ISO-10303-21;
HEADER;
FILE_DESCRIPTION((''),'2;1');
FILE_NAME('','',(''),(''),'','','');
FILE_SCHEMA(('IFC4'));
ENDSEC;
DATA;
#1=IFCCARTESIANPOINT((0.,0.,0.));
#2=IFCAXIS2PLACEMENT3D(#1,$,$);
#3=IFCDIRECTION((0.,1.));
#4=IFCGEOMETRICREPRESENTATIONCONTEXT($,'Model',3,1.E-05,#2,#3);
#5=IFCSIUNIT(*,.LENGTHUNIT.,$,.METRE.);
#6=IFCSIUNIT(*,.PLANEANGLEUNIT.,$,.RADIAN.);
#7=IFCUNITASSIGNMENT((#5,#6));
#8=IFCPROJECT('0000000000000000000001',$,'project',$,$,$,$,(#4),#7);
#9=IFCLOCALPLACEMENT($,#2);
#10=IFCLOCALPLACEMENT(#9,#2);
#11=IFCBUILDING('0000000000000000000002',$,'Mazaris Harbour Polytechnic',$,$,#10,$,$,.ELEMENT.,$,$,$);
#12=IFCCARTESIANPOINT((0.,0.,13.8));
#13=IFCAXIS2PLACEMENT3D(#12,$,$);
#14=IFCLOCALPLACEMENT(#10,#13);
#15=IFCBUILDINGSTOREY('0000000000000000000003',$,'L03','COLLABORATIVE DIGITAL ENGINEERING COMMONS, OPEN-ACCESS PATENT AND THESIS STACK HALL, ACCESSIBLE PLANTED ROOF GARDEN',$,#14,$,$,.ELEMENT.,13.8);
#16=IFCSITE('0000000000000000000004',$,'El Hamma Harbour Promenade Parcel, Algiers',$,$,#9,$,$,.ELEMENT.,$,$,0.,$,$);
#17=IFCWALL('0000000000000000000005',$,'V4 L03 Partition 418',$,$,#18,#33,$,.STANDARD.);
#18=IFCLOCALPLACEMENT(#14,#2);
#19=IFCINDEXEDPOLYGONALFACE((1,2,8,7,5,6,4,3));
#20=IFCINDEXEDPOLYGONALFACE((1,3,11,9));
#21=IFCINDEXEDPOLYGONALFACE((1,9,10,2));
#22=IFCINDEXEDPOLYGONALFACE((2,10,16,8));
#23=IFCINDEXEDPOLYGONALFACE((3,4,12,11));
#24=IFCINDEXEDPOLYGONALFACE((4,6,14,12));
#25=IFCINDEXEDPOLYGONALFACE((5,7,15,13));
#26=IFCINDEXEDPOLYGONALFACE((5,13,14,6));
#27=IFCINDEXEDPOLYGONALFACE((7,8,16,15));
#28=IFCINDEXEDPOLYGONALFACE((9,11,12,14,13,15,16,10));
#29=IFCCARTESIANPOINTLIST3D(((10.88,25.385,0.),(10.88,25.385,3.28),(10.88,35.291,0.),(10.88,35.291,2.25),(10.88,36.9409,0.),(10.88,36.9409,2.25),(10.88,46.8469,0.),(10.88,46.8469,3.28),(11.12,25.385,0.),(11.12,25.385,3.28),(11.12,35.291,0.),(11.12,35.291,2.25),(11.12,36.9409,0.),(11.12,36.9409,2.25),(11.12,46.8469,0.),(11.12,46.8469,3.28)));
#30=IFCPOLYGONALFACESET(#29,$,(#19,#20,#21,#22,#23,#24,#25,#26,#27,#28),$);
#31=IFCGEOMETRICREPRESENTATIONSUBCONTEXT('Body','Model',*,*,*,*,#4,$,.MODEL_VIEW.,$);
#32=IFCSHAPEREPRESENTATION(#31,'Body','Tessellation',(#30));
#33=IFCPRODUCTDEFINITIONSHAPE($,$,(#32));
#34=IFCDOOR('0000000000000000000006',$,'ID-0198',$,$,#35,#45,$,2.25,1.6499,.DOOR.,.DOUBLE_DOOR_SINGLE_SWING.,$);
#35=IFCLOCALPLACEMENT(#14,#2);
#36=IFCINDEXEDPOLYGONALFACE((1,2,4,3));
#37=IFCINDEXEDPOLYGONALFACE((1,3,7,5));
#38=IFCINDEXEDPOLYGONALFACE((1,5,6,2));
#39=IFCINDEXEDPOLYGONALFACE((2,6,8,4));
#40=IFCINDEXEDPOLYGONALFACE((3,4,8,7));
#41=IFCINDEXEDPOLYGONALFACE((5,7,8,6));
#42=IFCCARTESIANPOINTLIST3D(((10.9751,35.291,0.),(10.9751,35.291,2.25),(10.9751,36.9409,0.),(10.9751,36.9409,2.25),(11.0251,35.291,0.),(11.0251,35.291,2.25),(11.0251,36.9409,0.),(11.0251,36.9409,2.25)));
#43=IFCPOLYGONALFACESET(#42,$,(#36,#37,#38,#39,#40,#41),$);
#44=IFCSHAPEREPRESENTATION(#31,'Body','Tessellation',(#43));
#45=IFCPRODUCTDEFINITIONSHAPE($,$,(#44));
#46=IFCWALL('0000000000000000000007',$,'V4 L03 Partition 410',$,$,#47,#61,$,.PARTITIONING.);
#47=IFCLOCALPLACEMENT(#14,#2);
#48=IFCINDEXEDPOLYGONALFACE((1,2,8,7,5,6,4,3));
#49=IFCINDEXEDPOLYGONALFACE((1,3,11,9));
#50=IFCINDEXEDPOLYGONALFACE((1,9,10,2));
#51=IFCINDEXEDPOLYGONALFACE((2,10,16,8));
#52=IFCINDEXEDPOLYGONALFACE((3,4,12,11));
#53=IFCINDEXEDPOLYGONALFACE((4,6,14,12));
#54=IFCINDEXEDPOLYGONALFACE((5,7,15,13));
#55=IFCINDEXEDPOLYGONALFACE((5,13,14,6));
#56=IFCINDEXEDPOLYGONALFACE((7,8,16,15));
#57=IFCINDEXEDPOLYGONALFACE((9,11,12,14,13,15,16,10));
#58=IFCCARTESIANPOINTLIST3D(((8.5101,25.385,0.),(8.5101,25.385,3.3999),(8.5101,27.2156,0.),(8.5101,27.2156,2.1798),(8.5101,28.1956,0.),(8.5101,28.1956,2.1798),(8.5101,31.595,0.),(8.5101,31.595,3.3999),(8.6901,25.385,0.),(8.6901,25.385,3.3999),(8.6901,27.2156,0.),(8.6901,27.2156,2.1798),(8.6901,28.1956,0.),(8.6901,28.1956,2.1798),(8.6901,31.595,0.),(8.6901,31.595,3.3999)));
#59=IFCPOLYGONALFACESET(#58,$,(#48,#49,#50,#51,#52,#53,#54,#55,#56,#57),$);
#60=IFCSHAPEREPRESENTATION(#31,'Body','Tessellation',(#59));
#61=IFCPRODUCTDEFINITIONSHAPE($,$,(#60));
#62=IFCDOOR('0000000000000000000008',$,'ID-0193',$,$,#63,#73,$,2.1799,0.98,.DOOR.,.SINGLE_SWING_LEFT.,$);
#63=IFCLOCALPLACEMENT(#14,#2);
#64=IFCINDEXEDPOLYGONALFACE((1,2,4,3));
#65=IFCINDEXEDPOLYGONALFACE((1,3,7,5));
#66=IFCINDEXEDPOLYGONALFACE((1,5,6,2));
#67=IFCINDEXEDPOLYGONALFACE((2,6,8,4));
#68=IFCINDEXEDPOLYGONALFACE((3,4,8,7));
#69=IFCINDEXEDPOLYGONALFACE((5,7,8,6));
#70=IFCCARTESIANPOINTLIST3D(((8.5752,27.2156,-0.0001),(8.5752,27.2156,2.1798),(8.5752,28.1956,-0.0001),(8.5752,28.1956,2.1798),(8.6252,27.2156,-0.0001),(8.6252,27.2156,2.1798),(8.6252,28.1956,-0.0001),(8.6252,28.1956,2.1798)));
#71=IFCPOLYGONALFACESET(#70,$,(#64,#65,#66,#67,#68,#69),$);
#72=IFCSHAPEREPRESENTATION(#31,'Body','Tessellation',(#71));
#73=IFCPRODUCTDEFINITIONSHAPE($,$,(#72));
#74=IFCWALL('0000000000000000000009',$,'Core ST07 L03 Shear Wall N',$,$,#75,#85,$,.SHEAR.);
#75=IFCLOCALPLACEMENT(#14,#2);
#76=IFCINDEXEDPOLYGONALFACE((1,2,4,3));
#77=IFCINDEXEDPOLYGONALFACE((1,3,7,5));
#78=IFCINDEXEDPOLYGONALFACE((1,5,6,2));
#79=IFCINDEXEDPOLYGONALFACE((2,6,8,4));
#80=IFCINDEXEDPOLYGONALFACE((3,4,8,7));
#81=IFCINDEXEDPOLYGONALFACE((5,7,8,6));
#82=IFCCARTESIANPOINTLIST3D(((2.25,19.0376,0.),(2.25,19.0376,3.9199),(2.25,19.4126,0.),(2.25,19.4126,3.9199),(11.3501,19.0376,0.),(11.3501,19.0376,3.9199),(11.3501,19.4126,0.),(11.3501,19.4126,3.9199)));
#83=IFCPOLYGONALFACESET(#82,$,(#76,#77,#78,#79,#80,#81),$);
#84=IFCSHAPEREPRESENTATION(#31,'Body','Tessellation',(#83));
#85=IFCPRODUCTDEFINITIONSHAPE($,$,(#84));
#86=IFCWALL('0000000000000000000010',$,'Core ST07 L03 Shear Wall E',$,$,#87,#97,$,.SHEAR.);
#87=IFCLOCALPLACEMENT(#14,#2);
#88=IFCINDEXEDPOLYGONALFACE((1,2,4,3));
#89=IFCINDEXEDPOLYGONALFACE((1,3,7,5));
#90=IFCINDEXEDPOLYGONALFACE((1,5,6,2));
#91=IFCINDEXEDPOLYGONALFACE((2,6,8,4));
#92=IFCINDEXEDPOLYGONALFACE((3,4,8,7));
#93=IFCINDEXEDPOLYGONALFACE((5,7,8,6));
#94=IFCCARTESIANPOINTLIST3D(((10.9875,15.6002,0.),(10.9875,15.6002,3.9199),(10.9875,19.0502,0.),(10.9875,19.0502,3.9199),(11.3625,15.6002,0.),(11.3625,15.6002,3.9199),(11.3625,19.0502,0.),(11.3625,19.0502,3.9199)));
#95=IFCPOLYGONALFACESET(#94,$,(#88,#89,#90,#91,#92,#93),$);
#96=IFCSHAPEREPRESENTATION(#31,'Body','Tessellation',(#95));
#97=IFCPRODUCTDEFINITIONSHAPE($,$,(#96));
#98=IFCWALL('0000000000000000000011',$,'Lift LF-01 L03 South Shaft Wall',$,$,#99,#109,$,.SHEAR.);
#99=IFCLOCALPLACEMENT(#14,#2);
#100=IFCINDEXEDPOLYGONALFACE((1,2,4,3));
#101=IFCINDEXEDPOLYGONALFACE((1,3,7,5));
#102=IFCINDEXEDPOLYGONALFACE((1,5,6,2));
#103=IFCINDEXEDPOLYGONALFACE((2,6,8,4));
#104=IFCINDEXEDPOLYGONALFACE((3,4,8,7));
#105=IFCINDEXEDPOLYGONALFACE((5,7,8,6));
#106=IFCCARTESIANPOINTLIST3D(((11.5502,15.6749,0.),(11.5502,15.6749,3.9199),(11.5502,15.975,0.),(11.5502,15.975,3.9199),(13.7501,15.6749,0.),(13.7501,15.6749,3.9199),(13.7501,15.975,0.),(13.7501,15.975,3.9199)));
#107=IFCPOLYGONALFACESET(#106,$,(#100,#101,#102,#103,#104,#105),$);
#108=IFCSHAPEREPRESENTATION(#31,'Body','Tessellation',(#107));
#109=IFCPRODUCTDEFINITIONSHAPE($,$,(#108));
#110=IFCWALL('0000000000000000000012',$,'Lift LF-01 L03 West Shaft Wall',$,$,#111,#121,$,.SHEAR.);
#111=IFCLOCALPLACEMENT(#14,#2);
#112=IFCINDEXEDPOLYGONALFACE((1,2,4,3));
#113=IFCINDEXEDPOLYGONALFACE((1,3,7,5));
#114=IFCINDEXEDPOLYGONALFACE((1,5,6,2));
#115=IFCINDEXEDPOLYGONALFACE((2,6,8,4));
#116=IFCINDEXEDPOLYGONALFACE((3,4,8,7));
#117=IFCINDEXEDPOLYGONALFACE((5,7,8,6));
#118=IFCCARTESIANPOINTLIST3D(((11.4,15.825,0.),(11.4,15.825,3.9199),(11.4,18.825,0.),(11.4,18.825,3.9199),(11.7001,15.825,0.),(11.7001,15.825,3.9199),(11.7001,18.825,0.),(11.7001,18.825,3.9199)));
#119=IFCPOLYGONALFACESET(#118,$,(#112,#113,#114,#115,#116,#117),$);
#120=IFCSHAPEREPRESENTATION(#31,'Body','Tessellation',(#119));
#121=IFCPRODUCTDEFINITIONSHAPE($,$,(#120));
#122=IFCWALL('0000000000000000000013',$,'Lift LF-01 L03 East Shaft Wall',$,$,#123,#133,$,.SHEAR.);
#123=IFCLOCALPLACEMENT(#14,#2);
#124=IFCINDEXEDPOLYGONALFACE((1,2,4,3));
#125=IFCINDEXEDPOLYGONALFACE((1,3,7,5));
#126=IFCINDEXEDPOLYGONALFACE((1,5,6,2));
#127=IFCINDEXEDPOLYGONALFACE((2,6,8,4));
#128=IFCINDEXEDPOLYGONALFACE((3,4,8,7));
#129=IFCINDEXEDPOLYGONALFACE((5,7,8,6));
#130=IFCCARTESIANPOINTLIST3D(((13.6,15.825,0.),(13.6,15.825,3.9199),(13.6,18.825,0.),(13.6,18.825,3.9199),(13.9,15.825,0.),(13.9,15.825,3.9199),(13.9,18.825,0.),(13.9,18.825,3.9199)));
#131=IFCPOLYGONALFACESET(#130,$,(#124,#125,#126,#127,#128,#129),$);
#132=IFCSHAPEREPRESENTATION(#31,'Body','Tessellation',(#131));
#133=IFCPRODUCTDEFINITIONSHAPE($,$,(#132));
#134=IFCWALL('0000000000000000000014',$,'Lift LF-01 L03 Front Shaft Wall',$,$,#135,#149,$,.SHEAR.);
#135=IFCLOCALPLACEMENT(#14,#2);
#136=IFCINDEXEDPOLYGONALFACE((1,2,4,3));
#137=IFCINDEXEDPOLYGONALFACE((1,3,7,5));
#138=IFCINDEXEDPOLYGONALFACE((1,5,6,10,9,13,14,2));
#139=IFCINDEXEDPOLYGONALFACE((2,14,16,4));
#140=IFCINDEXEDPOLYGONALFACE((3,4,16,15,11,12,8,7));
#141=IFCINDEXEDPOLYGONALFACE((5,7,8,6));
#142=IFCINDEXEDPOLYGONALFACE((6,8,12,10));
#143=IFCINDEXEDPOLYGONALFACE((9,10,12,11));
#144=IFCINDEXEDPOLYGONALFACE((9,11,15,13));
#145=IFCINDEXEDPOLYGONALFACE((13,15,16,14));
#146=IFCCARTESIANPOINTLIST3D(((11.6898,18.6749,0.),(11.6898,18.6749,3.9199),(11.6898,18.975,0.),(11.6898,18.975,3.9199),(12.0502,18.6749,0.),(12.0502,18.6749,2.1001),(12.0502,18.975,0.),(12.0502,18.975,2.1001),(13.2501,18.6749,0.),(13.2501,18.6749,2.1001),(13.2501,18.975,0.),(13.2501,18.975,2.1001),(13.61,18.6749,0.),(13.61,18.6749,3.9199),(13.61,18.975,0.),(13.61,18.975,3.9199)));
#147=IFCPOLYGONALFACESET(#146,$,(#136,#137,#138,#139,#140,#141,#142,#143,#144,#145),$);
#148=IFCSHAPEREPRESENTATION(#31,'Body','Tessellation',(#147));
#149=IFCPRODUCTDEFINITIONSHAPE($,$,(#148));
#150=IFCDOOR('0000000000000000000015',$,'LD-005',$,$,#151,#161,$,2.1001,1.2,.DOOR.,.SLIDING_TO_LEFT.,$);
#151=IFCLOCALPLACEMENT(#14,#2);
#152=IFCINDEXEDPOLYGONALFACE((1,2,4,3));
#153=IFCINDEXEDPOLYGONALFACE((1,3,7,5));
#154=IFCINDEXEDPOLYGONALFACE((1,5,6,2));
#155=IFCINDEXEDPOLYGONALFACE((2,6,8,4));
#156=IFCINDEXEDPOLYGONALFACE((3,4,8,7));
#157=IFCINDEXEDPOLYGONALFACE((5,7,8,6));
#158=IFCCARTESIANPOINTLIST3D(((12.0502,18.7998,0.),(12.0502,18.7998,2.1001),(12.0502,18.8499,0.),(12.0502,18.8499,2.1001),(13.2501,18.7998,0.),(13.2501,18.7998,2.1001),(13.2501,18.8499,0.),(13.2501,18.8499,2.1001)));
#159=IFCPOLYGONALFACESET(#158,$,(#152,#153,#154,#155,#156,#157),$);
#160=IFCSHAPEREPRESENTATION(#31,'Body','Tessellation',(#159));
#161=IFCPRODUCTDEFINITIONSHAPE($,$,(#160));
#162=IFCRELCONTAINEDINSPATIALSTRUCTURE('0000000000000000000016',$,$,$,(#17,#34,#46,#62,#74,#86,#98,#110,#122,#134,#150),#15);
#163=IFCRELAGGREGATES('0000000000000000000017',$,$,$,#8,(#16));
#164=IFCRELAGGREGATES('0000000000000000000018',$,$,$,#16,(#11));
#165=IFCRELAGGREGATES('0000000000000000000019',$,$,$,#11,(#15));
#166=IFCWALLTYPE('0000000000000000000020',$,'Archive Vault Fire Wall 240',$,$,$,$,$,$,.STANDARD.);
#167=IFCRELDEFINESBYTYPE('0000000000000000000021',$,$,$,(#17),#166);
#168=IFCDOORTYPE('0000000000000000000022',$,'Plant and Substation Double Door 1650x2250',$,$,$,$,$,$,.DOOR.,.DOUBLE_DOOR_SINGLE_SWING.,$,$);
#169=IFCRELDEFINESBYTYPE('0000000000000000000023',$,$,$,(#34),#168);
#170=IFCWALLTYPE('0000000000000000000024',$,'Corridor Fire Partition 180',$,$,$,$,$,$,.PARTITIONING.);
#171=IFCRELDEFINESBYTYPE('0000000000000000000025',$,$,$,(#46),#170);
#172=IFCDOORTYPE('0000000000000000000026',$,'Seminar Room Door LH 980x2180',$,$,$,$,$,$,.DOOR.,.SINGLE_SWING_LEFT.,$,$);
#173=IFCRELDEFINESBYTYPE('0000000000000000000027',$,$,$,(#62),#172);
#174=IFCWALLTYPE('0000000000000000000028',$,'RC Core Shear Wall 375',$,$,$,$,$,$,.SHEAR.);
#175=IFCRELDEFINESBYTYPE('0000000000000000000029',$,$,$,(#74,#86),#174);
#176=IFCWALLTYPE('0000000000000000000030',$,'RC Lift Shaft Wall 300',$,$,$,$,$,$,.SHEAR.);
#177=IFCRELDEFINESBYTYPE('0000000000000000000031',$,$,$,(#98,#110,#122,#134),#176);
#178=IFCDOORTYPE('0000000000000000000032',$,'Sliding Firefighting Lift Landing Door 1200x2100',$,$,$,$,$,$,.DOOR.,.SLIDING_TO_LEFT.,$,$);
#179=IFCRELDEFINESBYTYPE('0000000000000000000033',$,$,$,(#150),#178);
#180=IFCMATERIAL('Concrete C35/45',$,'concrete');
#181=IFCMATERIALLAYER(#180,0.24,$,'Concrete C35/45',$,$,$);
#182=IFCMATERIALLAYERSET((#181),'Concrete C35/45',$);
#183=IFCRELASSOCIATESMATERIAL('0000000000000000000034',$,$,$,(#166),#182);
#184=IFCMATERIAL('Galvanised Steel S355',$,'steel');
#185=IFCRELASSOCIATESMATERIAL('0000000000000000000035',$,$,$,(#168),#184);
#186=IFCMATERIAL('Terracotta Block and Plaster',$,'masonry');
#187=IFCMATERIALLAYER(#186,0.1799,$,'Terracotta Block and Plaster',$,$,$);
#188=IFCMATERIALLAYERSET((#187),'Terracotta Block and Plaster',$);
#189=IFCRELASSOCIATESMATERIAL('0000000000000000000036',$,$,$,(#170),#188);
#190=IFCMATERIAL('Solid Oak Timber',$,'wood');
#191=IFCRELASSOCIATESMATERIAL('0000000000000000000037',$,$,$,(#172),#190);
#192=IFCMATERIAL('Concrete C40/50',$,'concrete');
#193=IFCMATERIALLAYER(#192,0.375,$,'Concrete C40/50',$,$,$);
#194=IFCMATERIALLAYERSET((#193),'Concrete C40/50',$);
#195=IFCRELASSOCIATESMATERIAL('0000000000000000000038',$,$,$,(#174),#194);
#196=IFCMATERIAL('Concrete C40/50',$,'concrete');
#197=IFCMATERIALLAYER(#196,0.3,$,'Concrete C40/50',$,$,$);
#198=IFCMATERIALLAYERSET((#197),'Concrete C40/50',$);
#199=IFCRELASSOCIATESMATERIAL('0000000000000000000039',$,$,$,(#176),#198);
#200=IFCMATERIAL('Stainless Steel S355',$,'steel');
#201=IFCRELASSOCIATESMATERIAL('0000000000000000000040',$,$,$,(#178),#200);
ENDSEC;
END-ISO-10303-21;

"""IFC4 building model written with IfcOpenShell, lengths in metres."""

from ifc_helpers import new_model, si_unit, direction, frame, frame_2d, origin, place, context, subcontext, project, spatial, rectangle, extrude, material, layer, layer_set, type_object, element, fill, save


model = new_model("IFC4")

# Units and contexts
model_context = context("Model", 3, precision=1e-05, world=origin(), true_north=direction((0.0, 1.0)))
body_context = subcontext(model_context, "Body", "Model", "MODEL_VIEW")
ifc_project = project(units=[si_unit("LENGTHUNIT", "METRE"), si_unit("PLANEANGLEUNIT", "RADIAN")], contexts=[model_context])

# Site, building, storey
site_placement = place(None, origin())
site = spatial("IfcSite", under=ifc_project, at=site_placement, Name="El Hamma Harbour Promenade Parcel, Algiers", CompositionType="ELEMENT", RefElevation=0.0)
building_placement = place(site_placement, origin())
building = spatial("IfcBuilding", under=site, at=building_placement, Name="Mazaris Harbour Polytechnic", CompositionType="ELEMENT")
storey_placement = place(building_placement, frame((0.0, 0.0, 13.8)))
storey = spatial("IfcBuildingStorey", under=building, at=storey_placement, Name="L03", Description="COLLABORATIVE DIGITAL ENGINEERING COMMONS, OPEN-ACCESS PATENT AND THESIS STACK HALL, ACCESSIBLE PLANTED ROOF GARDEN", CompositionType="ELEMENT", Elevation=13.8)

# Walls, openings, doors
ifc_material_1 = material(Name="Concrete C35/45", Category="concrete")
ifc_layer_1 = layer(ifc_material_1, 0.24, Name="Concrete C35/45")
ifc_layer_set_1 = layer_set([ifc_layer_1], Name="Concrete C35/45")
wall_type_1 = type_object("IfcWallType", Name="Archive Vault Fire Wall 240", PredefinedType="STANDARD", material=ifc_layer_set_1)
wall_1_placement = place(storey_placement, frame((11.0, 25.385, 0.0), z_axis=(0.0, 0.0, 1.0), x_axis=(0.0, 1.0, 0.0)))
wall_1 = element("IfcWall", 1, at=wall_1_placement, inside=storey, type_object=wall_type_1, Name="V4 L03 Partition 418", PredefinedType="STANDARD", context=body_context, shape_type="SweptSolid", body=[
    extrude(rectangle(XDim=21.4619, YDim=0.24, at=frame_2d((10.731, 0.0))), origin(), (0.0, 0.0, 1.0), 3.28),
])
opening_1_placement = place(wall_1_placement, frame((9.906, 0.0, 0.0)))
opening_1 = element("IfcOpeningElement", 2, at=opening_1_placement, cuts=wall_1, PredefinedType="OPENING", context=body_context, shape_type="SweptSolid", body=[
    extrude(rectangle(XDim=1.6499, YDim=2.25, at=frame_2d((0.825, 1.125))), frame((0.0, 0.1299, 0.0), z_axis=(0.0, -1.0, 0.0), x_axis=(1.0, 0.0, 0.0)), (0.0, 0.0, 1.0), 0.26),
])
ifc_material_2 = material(Name="Galvanised Steel S355", Category="steel")
door_type_1 = type_object("IfcDoorType", Name="Plant and Substation Double Door 1650x2250", OperationType="DOUBLE_DOOR_SINGLE_SWING", PredefinedType="DOOR", material=ifc_material_2)
door_1_placement = place(opening_1_placement, origin())
door_1 = element("IfcDoor", 3, at=door_1_placement, inside=storey, type_object=door_type_1, Name="ID-0198", OperationType="DOUBLE_DOOR_SINGLE_SWING", OverallHeight=2.25, OverallWidth=1.6499, PredefinedType="DOOR", context=body_context, shape_type="SweptSolid", body=[
    extrude(rectangle(XDim=1.6499, YDim=2.25, at=frame_2d((0.825, 1.125))), frame((0.0, 0.0249, 0.0), z_axis=(0.0, -1.0, 0.0), x_axis=(1.0, 0.0, 0.0)), (0.0, 0.0, 1.0), 0.05),
])
fill(opening_1, door_1)
ifc_material_3 = material(Name="Terracotta Block and Plaster", Category="masonry")
ifc_layer_2 = layer(ifc_material_3, 0.1799, Name="Terracotta Block and Plaster")
ifc_layer_set_2 = layer_set([ifc_layer_2], Name="Terracotta Block and Plaster")
wall_type_2 = type_object("IfcWallType", Name="Corridor Fire Partition 180", PredefinedType="PARTITIONING", material=ifc_layer_set_2)
wall_2_placement = place(storey_placement, frame((8.6001, 25.385, 0.0), z_axis=(0.0, 0.0, 1.0), x_axis=(0.0, 1.0, 0.0)))
wall_2 = element("IfcWall", 4, at=wall_2_placement, inside=storey, type_object=wall_type_2, Name="V4 L03 Partition 410", PredefinedType="PARTITIONING", context=body_context, shape_type="SweptSolid", body=[
    extrude(rectangle(XDim=6.21, YDim=0.1799, at=frame_2d((3.105, 0.0))), origin(), (0.0, 0.0, 1.0), 3.3999),
])
opening_2_placement = place(wall_2_placement, frame((1.8306, 0.0, 0.0)))
opening_2 = element("IfcOpeningElement", 5, at=opening_2_placement, cuts=wall_2, PredefinedType="OPENING", context=body_context, shape_type="SweptSolid", body=[
    extrude(rectangle(XDim=0.98, YDim=2.1799, at=frame_2d((0.49, 1.0898))), frame((0.0, 0.0999, 0.0), z_axis=(0.0, -1.0, 0.0), x_axis=(1.0, 0.0, 0.0)), (0.0, 0.0, 1.0), 0.2),
])
ifc_material_4 = material(Name="Solid Oak Timber", Category="wood")
door_type_2 = type_object("IfcDoorType", Name="Seminar Room Door LH 980x2180", OperationType="SINGLE_SWING_LEFT", PredefinedType="DOOR", material=ifc_material_4)
door_2_placement = place(opening_2_placement, origin())
door_2 = element("IfcDoor", 6, at=door_2_placement, inside=storey, type_object=door_type_2, Name="ID-0193", OperationType="SINGLE_SWING_LEFT", OverallHeight=2.1799, OverallWidth=0.98, PredefinedType="DOOR", context=body_context, shape_type="SweptSolid", body=[
    extrude(rectangle(XDim=0.98, YDim=2.1799, at=frame_2d((0.49, 1.0898))), frame((0.0, 0.0249, 0.0), z_axis=(0.0, -1.0, 0.0), x_axis=(1.0, 0.0, 0.0)), (0.0, 0.0, 1.0), 0.05),
])
fill(opening_2, door_2)

# Walls
ifc_material_5 = material(Name="Concrete C40/50", Category="concrete")
ifc_layer_3 = layer(ifc_material_5, 0.375, Name="Concrete C40/50")
ifc_layer_set_3 = layer_set([ifc_layer_3], Name="Concrete C40/50")
wall_type_3 = type_object("IfcWallType", Name="RC Core Shear Wall 375", PredefinedType="SHEAR", material=ifc_layer_set_3)
wall_3_placement = place(storey_placement, frame((11.3501, 19.2251, 0.0), z_axis=(0.0, 0.0, 1.0), x_axis=(-1.0, 0.0, 0.0)))
element("IfcWall", 7, at=wall_3_placement, inside=storey, type_object=wall_type_3, Name="Core ST07 L03 Shear Wall N", PredefinedType="SHEAR", context=body_context, shape_type="SweptSolid", body=[
    extrude(rectangle(XDim=9.1001, YDim=0.375, at=frame_2d((4.55, 0.0))), origin(), (0.0, 0.0, 1.0), 3.9199),
])
wall_4_placement = place(storey_placement, frame((11.175, 15.6001, 0.0), z_axis=(0.0, 0.0, 1.0), x_axis=(0.0, 1.0, 0.0)))
element("IfcWall", 8, at=wall_4_placement, inside=storey, type_object=wall_type_3, Name="Core ST07 L03 Shear Wall E", PredefinedType="SHEAR", context=body_context, shape_type="SweptSolid", body=[
    extrude(rectangle(XDim=3.45, YDim=0.375, at=frame_2d((1.7251, 0.0))), origin(), (0.0, 0.0, 1.0), 3.9199),
])
ifc_material_6 = material(Name="Concrete C40/50", Category="concrete")
ifc_layer_4 = layer(ifc_material_6, 0.3, Name="Concrete C40/50")
ifc_layer_set_4 = layer_set([ifc_layer_4], Name="Concrete C40/50")
wall_type_4 = type_object("IfcWallType", Name="RC Lift Shaft Wall 300", PredefinedType="SHEAR", material=ifc_layer_set_4)
wall_5_placement = place(storey_placement, frame((11.55, 15.825, 0.0), z_axis=(0.0, 0.0, 1.0), x_axis=(1.0, 0.0, 0.0)))
element("IfcWall", 9, at=wall_5_placement, inside=storey, type_object=wall_type_4, Name="Lift LF-01 L03 South Shaft Wall", PredefinedType="SHEAR", context=body_context, shape_type="SweptSolid", body=[
    extrude(rectangle(XDim=2.2, YDim=0.3, at=frame_2d((1.1001, 0.0))), origin(), (0.0, 0.0, 1.0), 3.9199),
])
for number, where, z_axis, x_axis, name in (
    (10, (11.55, 18.825, 0.0), (0.0, 0.0, 1.0), (0.0, -1.0, 0.0), "Lift LF-01 L03 West Shaft Wall"),
    (11, (13.75, 15.825, 0.0), (0.0, 0.0, 1.0), (0.0, 1.0, 0.0), "Lift LF-01 L03 East Shaft Wall"),
):
    element("IfcWall", number, at=place(storey_placement, frame(where, z_axis=z_axis, x_axis=x_axis)), inside=storey, type_object=wall_type_4, Name=name, PredefinedType="SHEAR", context=body_context, shape_type="SweptSolid", body=[
        extrude(rectangle(XDim=3.0, YDim=0.3, at=frame_2d((1.5, 0.0))), origin(), (0.0, 0.0, 1.0), 3.9199),
    ])

# Wall, opening, door
wall_6_placement = place(storey_placement, frame((11.6899, 18.825, 0.0), z_axis=(0.0, 0.0, 1.0), x_axis=(1.0, 0.0, 0.0)))
wall_6 = element("IfcWall", 12, at=wall_6_placement, inside=storey, type_object=wall_type_4, Name="Lift LF-01 L03 Front Shaft Wall", PredefinedType="SHEAR", context=body_context, shape_type="SweptSolid", body=[
    extrude(rectangle(XDim=1.9202, YDim=0.3, at=frame_2d((0.96, 0.0))), origin(), (0.0, 0.0, 1.0), 3.9199),
])
opening_3_placement = place(wall_6_placement, frame((0.3601, 0.0, 0.0)))
opening_3 = element("IfcOpeningElement", 13, at=opening_3_placement, cuts=wall_6, PredefinedType="OPENING", context=body_context, shape_type="SweptSolid", body=[
    extrude(rectangle(XDim=1.2, YDim=2.1001, at=frame_2d((0.6001, 1.05))), frame((0.0, 0.1599, 0.0), z_axis=(0.0, -1.0, 0.0), x_axis=(1.0, 0.0, 0.0)), (0.0, 0.0, 1.0), 0.3201),
])
ifc_material_7 = material(Name="Stainless Steel S355", Category="steel")
door_type_3 = type_object("IfcDoorType", Name="Sliding Firefighting Lift Landing Door 1200x2100", OperationType="SLIDING_TO_LEFT", PredefinedType="DOOR", material=ifc_material_7)
door_3_placement = place(opening_3_placement, origin())
door_3 = element("IfcDoor", 14, at=door_3_placement, inside=storey, type_object=door_type_3, Name="LD-005", OperationType="SLIDING_TO_LEFT", OverallHeight=2.1001, OverallWidth=1.2, PredefinedType="DOOR", context=body_context, shape_type="SweptSolid", body=[
    extrude(rectangle(XDim=1.2, YDim=2.1001, at=frame_2d((0.6001, 1.05))), frame((0.0, 0.0249, 0.0), z_axis=(0.0, -1.0, 0.0), x_axis=(1.0, 0.0, 0.0)), (0.0, 0.0, 1.0), 0.05),
])
fill(opening_3, door_3)

save(model, "model.ifc")
